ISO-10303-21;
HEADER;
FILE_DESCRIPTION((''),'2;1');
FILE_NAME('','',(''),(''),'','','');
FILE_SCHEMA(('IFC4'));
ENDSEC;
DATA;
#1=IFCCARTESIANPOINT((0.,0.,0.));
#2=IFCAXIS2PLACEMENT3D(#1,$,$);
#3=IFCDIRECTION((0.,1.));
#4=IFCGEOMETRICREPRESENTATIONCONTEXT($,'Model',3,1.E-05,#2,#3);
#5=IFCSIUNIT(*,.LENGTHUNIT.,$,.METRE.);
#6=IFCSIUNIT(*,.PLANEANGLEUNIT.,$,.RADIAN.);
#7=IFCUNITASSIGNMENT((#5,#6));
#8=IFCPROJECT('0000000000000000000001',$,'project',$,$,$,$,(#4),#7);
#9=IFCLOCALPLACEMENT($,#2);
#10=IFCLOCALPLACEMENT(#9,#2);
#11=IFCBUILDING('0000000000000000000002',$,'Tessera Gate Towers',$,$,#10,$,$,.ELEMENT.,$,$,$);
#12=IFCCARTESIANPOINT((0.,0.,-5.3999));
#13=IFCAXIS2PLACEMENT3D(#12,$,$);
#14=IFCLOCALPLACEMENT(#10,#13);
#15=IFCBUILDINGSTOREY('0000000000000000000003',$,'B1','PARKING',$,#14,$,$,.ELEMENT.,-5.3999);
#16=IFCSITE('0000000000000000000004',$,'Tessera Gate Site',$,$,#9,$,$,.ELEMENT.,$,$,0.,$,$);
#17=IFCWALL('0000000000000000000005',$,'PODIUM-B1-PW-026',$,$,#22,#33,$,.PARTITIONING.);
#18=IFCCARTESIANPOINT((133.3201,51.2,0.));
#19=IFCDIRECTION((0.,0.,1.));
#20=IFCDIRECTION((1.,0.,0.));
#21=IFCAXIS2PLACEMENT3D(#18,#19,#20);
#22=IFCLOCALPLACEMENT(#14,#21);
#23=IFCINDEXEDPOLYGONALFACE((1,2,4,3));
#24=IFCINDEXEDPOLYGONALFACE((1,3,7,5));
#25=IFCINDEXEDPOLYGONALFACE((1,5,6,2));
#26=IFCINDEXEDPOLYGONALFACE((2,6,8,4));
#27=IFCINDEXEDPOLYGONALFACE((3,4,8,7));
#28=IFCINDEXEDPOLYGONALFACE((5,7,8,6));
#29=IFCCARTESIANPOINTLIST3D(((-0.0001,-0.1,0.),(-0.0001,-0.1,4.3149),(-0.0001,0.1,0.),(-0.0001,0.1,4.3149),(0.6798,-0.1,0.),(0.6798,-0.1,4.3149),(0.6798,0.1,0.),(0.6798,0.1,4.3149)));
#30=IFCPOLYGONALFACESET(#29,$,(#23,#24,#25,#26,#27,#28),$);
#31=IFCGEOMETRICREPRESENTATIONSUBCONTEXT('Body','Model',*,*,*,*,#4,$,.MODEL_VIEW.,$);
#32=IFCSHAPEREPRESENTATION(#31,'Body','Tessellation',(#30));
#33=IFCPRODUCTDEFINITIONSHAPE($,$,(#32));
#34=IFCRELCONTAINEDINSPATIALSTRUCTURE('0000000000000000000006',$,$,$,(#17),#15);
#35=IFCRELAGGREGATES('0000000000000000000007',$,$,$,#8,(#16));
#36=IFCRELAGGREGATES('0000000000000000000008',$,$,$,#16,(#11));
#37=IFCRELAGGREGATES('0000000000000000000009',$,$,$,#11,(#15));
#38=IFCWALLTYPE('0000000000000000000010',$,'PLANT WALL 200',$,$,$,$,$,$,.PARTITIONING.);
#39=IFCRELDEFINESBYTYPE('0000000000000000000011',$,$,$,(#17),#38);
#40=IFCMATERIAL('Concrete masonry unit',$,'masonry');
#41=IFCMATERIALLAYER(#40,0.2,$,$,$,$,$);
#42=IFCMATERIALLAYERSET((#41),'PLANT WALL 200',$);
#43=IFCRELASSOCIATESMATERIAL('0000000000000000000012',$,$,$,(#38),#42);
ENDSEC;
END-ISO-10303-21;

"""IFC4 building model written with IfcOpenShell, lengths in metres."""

from ifc_helpers import new_model, si_unit, direction, frame, frame_2d, origin, place, context, subcontext, project, spatial, rectangle, extrude, material, layer, layer_set, type_object, element, save


model = new_model("IFC4")

# Units and contexts
model_context = context("Model", 3, precision=1e-05, world=origin(), true_north=direction((0.0, 1.0)))
body_context = subcontext(model_context, "Body", "Model", "MODEL_VIEW")
ifc_project = project(units=[si_unit("LENGTHUNIT", "METRE"), si_unit("PLANEANGLEUNIT", "RADIAN")], contexts=[model_context])

# Site, building, storey
site_placement = place(None, origin())
site = spatial("IfcSite", under=ifc_project, at=site_placement, Name="Tessera Gate Site", CompositionType="ELEMENT", RefElevation=0.0)
building_placement = place(site_placement, origin())
building = spatial("IfcBuilding", under=site, at=building_placement, Name="Tessera Gate Towers", CompositionType="ELEMENT")
storey_placement = place(building_placement, frame((0.0, 0.0, -5.3999)))
storey = spatial("IfcBuildingStorey", under=building, at=storey_placement, Name="B1", Description="PARKING", CompositionType="ELEMENT", Elevation=-5.3999)

# Wall
ifc_material_1 = material(Name="Concrete masonry unit", Category="masonry")
ifc_layer = layer(ifc_material_1, 0.2)
ifc_layer_set = layer_set([ifc_layer], Name="PLANT WALL 200")
wall_type = type_object("IfcWallType", Name="PLANT WALL 200", PredefinedType="PARTITIONING", material=ifc_layer_set)
wall_1_placement = place(storey_placement, frame((133.3201, 51.2, 0.0), z_axis=(0.0, 0.0, 1.0), x_axis=(1.0, 0.0, 0.0)))
element("IfcWall", 1, at=wall_1_placement, inside=storey, type_object=wall_type, Name="PODIUM-B1-PW-026", PredefinedType="PARTITIONING", context=body_context, shape_type="SweptSolid", body=[
    extrude(rectangle(XDim=0.6799, YDim=0.2, at=frame_2d((0.3398, 0.0))), origin(), (0.0, 0.0, 1.0), 4.3149),
])

save(model, "model.ifc")
